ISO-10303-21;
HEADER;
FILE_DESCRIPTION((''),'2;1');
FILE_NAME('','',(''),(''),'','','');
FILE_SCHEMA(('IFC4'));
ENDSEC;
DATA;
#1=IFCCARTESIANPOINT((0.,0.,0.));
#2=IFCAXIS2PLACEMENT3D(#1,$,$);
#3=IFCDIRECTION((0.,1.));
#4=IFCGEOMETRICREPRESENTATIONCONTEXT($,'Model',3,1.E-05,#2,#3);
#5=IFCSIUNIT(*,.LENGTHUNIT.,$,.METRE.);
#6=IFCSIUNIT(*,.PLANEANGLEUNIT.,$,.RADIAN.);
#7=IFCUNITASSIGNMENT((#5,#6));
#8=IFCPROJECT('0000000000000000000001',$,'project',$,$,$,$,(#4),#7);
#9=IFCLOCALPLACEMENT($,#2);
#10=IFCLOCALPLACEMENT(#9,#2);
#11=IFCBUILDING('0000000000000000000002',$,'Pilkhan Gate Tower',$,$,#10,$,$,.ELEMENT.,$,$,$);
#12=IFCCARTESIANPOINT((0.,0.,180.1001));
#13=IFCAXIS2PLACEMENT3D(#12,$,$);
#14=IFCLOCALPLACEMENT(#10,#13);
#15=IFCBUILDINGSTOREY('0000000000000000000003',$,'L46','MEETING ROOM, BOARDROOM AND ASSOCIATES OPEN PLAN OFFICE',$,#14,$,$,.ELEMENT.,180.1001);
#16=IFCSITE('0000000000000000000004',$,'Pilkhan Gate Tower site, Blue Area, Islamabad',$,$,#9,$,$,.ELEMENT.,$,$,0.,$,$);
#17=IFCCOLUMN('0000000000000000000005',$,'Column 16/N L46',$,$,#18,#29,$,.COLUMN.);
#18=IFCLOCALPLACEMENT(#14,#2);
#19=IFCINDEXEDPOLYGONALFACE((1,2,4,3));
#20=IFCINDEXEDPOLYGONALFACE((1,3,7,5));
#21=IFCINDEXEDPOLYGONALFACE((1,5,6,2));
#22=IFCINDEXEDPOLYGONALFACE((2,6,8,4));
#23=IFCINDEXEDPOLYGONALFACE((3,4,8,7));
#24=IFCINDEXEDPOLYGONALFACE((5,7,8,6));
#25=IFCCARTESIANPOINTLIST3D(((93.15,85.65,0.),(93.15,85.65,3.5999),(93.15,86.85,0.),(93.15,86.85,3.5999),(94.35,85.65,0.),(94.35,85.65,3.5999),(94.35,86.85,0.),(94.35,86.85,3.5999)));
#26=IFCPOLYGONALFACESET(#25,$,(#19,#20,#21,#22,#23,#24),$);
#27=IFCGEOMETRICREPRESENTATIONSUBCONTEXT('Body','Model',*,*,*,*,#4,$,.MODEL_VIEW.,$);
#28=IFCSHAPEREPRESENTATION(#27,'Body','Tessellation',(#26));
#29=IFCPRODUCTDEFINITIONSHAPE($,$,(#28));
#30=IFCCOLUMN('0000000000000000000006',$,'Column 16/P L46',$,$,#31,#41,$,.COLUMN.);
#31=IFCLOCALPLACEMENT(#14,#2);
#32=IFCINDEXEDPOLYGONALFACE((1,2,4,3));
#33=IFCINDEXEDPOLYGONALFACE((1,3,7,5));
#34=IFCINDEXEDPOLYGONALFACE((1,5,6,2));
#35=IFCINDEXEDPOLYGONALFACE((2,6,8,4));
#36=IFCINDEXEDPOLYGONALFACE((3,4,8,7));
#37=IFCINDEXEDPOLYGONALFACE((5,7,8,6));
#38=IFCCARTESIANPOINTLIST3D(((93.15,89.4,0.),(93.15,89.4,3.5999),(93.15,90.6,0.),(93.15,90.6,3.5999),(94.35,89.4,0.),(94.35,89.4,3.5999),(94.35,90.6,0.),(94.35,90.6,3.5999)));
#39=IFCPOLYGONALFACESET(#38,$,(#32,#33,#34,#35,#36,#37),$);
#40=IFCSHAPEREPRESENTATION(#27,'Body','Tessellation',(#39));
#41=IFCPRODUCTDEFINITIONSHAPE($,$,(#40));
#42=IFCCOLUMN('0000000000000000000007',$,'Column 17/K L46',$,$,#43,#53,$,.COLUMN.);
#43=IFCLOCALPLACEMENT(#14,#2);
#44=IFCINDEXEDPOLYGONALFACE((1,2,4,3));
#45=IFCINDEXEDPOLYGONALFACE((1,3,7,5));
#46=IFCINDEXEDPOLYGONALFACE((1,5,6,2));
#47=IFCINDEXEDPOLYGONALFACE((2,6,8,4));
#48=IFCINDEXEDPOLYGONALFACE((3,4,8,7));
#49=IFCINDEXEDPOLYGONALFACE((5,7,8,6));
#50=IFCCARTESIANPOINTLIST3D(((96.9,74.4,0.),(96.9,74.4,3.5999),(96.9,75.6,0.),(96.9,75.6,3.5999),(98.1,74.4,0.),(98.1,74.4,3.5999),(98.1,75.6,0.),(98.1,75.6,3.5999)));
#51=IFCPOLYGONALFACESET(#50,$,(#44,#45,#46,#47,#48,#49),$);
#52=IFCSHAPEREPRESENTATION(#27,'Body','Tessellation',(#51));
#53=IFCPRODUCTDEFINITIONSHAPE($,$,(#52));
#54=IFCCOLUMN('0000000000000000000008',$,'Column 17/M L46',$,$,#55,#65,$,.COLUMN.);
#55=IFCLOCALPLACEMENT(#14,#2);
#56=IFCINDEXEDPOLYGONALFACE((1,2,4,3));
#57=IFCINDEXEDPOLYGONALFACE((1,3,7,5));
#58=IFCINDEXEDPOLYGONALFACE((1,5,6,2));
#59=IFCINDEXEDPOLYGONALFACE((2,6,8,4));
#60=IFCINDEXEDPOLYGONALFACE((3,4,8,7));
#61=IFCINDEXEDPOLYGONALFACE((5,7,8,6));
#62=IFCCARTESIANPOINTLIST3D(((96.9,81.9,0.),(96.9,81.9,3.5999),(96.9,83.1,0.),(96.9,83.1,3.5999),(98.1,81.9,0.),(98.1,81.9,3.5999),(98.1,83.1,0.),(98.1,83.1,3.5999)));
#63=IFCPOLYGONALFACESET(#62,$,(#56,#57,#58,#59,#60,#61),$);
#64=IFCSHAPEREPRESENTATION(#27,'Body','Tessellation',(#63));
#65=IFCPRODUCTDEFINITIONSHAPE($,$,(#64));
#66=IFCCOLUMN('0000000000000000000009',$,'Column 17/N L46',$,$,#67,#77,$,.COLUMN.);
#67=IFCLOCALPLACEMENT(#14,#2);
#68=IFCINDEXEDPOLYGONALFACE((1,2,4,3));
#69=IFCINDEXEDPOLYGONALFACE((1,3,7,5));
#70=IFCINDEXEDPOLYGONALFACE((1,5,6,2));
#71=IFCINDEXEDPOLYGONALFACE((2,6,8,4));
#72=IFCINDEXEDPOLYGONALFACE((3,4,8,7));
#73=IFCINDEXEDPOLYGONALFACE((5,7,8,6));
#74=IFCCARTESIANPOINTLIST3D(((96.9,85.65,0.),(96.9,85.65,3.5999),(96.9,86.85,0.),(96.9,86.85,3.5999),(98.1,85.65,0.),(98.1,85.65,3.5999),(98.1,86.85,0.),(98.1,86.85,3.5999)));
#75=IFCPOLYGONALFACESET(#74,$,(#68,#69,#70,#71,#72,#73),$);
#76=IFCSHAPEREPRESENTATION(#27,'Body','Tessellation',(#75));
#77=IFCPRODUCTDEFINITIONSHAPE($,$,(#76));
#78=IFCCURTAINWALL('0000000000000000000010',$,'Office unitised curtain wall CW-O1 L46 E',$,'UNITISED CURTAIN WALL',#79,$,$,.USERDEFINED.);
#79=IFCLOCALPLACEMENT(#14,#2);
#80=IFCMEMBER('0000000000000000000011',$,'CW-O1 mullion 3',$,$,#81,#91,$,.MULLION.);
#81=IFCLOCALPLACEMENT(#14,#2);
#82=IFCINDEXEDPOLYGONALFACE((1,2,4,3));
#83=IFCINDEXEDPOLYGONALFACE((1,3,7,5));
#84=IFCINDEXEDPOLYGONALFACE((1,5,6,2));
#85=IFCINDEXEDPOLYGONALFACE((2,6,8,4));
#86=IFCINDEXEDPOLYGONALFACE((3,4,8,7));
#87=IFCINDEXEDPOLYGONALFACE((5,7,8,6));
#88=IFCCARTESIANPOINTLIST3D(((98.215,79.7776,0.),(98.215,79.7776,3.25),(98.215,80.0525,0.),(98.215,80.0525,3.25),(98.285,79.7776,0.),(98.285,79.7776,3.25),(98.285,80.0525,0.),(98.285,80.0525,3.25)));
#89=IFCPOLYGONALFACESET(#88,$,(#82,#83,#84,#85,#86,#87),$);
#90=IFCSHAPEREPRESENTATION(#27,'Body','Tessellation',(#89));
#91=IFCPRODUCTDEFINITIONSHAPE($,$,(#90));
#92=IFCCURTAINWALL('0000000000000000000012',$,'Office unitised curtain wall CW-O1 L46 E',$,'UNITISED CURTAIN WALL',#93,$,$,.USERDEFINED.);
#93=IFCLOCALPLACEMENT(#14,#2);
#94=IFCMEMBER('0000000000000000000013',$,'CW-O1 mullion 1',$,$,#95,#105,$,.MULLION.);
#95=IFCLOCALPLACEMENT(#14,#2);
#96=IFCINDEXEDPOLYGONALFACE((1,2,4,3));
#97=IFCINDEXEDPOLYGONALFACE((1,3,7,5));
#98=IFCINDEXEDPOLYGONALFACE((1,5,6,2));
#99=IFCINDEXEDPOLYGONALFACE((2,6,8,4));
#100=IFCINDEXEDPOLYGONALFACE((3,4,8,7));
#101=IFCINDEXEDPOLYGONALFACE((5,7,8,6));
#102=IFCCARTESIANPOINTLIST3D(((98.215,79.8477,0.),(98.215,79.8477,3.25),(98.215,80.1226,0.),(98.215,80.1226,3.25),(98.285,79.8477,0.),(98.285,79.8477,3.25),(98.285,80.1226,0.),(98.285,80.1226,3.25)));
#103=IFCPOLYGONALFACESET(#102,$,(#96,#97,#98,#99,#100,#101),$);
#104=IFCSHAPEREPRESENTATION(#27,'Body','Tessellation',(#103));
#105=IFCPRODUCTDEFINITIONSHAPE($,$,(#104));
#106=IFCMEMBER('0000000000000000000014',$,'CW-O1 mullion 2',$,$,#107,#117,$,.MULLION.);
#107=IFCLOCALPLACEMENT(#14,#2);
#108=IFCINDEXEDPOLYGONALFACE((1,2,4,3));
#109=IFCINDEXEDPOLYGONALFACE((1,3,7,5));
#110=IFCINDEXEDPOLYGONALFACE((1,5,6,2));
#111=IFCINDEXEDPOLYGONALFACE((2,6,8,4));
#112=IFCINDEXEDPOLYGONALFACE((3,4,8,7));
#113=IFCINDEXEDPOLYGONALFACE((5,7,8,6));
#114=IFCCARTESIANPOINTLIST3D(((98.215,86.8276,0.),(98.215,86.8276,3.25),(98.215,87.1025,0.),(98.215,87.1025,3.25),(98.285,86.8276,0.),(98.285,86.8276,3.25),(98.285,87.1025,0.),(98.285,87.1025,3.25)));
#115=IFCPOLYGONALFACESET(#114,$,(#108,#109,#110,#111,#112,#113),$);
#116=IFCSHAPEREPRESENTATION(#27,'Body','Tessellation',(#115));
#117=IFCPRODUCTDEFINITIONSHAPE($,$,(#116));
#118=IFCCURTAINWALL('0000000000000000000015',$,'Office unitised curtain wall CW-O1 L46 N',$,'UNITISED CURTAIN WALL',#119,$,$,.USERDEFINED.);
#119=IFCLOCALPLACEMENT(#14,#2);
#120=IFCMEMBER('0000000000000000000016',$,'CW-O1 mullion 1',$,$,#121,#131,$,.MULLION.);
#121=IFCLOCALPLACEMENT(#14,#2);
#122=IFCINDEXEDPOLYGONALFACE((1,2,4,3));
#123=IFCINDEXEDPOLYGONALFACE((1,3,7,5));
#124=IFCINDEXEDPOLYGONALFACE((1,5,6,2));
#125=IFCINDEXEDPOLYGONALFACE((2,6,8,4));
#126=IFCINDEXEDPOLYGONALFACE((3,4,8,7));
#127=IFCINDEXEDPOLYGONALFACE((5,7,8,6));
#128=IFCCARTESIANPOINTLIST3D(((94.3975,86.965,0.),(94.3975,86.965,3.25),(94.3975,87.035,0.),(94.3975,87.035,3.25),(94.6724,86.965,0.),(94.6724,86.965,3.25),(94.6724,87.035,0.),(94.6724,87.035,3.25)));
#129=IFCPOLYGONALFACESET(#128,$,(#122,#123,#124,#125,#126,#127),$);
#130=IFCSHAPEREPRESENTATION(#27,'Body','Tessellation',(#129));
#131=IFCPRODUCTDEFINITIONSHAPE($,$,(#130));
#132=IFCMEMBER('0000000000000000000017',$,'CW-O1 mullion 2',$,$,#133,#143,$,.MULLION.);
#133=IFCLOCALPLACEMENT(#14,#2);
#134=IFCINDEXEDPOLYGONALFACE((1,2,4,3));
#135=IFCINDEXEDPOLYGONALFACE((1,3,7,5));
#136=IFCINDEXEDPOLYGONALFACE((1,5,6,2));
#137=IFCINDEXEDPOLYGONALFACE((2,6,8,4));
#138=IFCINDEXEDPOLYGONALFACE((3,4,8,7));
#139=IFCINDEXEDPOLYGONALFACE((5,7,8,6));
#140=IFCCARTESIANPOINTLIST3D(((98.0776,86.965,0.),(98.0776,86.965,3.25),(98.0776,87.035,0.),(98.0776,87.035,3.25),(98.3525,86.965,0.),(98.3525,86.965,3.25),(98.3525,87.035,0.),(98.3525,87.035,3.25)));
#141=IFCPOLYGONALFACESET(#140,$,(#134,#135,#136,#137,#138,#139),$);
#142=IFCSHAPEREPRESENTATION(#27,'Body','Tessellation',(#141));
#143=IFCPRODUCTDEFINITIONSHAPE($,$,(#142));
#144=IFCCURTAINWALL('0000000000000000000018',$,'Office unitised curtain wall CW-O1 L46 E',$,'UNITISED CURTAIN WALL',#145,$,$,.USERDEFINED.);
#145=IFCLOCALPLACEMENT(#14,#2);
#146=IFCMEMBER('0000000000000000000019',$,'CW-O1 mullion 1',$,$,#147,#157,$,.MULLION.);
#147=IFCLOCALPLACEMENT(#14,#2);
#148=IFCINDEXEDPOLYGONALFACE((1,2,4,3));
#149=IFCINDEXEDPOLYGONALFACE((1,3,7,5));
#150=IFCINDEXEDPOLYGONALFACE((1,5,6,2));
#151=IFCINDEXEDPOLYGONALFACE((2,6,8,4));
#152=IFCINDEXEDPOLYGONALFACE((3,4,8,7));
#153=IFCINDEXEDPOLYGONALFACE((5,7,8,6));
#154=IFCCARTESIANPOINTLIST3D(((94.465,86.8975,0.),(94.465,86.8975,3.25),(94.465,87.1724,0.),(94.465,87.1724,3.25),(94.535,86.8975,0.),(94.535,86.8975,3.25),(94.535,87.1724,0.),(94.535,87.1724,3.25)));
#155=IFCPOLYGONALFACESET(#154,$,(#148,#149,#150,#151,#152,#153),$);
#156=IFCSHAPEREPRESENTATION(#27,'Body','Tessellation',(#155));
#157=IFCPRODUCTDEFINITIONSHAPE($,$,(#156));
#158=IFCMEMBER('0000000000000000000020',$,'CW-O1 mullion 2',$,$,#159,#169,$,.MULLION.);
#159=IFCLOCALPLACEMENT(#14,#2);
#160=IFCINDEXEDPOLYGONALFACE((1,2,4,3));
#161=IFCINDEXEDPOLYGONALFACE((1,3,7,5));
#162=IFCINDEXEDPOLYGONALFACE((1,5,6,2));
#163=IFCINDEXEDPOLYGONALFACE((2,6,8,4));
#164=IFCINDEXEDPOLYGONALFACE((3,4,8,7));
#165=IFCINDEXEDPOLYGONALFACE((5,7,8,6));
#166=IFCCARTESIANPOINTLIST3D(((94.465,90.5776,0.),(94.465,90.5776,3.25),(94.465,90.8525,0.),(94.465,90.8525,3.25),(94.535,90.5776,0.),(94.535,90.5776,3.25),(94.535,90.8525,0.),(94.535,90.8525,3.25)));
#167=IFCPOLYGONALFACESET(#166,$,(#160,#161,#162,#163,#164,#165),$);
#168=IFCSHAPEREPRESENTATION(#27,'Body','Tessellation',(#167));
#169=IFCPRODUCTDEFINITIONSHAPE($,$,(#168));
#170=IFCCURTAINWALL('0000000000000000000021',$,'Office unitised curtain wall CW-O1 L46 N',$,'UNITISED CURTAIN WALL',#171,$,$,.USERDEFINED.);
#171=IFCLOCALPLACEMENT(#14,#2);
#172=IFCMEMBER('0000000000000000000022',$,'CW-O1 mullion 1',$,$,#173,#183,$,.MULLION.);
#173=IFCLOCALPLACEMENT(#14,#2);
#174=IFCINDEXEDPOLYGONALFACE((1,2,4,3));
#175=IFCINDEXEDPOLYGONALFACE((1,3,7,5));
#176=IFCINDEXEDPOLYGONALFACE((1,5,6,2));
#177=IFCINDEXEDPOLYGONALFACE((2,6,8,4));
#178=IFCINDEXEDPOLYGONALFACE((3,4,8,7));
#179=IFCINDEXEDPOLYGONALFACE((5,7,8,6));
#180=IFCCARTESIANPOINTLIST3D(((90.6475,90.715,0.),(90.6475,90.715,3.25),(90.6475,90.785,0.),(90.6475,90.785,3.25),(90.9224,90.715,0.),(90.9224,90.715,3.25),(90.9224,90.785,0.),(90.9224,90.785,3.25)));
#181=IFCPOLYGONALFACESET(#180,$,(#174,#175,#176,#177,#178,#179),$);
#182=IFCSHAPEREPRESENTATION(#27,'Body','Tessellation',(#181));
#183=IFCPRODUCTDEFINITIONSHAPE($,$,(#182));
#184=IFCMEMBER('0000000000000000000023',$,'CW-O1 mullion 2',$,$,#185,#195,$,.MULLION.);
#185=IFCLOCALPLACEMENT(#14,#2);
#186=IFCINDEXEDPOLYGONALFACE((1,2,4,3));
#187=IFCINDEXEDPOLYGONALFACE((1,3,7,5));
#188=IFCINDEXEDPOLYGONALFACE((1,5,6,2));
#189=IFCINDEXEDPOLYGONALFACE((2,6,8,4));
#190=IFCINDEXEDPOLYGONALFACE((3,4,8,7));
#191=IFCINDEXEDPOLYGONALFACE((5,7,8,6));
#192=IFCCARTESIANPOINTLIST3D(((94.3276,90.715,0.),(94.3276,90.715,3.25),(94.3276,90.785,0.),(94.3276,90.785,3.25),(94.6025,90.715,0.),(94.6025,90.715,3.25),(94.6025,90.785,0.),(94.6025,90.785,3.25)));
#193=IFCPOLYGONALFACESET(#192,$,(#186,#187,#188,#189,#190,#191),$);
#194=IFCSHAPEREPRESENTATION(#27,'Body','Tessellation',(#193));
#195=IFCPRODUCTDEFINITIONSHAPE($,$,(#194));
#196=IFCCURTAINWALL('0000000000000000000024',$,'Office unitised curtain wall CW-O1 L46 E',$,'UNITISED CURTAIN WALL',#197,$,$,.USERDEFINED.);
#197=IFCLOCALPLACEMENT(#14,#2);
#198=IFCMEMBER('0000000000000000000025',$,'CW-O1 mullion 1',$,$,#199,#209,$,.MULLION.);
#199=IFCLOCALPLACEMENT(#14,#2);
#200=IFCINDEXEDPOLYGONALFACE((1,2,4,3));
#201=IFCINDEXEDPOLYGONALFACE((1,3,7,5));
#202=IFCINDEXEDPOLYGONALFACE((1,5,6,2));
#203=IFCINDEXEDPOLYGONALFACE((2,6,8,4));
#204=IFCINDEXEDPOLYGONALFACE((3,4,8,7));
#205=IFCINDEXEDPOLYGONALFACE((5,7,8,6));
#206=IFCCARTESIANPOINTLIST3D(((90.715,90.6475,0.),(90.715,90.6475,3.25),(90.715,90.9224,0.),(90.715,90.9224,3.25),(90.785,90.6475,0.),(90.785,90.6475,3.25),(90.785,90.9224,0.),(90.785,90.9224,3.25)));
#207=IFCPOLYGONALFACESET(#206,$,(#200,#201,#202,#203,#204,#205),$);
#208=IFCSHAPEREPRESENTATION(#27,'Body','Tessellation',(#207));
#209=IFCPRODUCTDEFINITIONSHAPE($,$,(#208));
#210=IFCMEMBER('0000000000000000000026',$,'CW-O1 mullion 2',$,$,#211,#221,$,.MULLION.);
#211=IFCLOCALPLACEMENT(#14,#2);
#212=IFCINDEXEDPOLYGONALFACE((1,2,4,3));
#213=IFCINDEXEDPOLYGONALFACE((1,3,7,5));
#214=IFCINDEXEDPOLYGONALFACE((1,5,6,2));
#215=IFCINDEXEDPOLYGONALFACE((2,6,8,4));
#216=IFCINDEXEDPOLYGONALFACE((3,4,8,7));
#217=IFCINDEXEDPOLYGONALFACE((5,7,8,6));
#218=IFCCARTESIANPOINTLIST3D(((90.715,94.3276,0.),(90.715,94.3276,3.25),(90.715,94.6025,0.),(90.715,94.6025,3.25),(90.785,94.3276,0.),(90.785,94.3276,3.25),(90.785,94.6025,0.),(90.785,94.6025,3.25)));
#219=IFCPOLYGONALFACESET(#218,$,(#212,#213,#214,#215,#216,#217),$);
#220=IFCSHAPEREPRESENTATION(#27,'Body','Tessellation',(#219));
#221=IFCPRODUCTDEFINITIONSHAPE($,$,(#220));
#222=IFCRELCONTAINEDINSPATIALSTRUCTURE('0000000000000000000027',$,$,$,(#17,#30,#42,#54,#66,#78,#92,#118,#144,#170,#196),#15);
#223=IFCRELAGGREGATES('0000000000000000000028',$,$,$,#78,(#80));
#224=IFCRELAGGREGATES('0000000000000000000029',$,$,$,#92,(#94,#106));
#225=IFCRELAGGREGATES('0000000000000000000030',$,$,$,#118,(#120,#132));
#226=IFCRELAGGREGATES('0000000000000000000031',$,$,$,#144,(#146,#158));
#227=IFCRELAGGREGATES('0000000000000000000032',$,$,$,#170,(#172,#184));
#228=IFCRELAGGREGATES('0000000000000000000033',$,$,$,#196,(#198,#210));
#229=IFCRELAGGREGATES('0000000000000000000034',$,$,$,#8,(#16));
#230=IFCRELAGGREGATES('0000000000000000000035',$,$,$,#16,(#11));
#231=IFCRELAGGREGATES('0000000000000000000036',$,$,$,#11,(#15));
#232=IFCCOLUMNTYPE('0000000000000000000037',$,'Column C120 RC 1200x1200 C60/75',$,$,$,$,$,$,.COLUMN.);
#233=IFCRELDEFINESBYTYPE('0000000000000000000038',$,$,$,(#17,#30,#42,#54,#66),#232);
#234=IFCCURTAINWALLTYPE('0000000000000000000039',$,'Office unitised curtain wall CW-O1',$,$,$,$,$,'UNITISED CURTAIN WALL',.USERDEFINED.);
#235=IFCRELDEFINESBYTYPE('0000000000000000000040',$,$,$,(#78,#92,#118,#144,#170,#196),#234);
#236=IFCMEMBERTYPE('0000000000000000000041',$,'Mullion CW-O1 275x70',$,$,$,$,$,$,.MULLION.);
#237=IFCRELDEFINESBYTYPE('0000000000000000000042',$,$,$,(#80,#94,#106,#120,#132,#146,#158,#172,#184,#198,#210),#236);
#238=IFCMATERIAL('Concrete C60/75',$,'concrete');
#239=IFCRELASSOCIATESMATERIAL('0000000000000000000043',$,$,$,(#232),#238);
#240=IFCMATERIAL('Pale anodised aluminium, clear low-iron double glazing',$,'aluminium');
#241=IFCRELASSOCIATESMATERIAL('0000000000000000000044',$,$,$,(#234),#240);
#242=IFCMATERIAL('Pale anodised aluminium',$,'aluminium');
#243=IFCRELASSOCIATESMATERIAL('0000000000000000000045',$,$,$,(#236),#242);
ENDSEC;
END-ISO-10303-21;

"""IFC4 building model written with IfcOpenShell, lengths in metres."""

from ifc_helpers import new_model, si_unit, direction, frame, origin, origin_2d, place, context, subcontext, project, spatial, rectangle, extrude, material, material_profile, profile_set, type_object, element, aggregate, save


model = new_model("IFC4")

# Units and contexts
model_context = context("Model", 3, precision=1e-05, world=origin(), true_north=direction((0.0, 1.0)))
body_context = subcontext(model_context, "Body", "Model", "MODEL_VIEW")
ifc_project = project(units=[si_unit("LENGTHUNIT", "METRE"), si_unit("PLANEANGLEUNIT", "RADIAN")], contexts=[model_context])

# Site, building, storey
site_placement = place(None, origin())
site = spatial("IfcSite", under=ifc_project, at=site_placement, Name="Pilkhan Gate Tower site, Blue Area, Islamabad", CompositionType="ELEMENT", RefElevation=0.0)
building_placement = place(site_placement, origin())
building = spatial("IfcBuilding", under=site, at=building_placement, Name="Pilkhan Gate Tower", CompositionType="ELEMENT")
storey_placement = place(building_placement, frame((0.0, 0.0, 180.1001)))
storey = spatial("IfcBuildingStorey", under=building, at=storey_placement, Name="L46", Description="MEETING ROOM, BOARDROOM AND ASSOCIATES OPEN PLAN OFFICE", CompositionType="ELEMENT", Elevation=180.1001)

# Columns
ifc_material_1 = material(Name="Concrete C60/75", Category="concrete")
ifc_material_profile_1 = material_profile(ifc_material_1, rectangle(XDim=1.2, YDim=1.2, at=origin_2d()), Name="RC 1200x1200")
ifc_profile_set_1 = profile_set([ifc_material_profile_1], Name="Concrete C60/75")
column_type = type_object("IfcColumnType", Name="Column C120 RC 1200x1200 C60/75", PredefinedType="COLUMN", material=ifc_profile_set_1)
for number, where, z_axis, x_axis, name in (
    (1, (93.75, 86.25, 0.0), (0.0, 0.0, 1.0), (1.0, 0.0, 0.0), "Column 16/N L46"),
    (2, (93.75, 90.0, 0.0), (0.0, 0.0, 1.0), (1.0, 0.0, 0.0), "Column 16/P L46"),
    (3, (97.5, 75.0, 0.0), (0.0, 0.0, 1.0), (1.0, 0.0, 0.0), "Column 17/K L46"),
    (4, (97.5, 82.5, 0.0), (0.0, 0.0, 1.0), (1.0, 0.0, 0.0), "Column 17/M L46"),
    (5, (97.5, 86.25, 0.0), (0.0, 0.0, 1.0), (1.0, 0.0, 0.0), "Column 17/N L46"),
):
    element("IfcColumn", number, at=place(storey_placement, frame(where, z_axis=z_axis, x_axis=x_axis)), inside=storey, type_object=column_type, Name=name, PredefinedType="COLUMN", context=body_context, shape_type="SweptSolid", body=[
        extrude(rectangle(XDim=1.2, YDim=1.2, at=origin_2d()), origin(), (0.0, 0.0, 1.0), 3.5999),
    ])

# Curtain wall, member
ifc_material_2 = material(Name="Pale anodised aluminium, clear low-iron double glazing", Category="aluminium")
curtain_wall_type = type_object("IfcCurtainWallType", Name="Office unitised curtain wall CW-O1", ElementType="UNITISED CURTAIN WALL", PredefinedType="USERDEFINED", material=ifc_material_2)
curtain_wall_1_placement = place(storey_placement, origin())
curtain_wall_1 = element("IfcCurtainWall", 6, at=curtain_wall_1_placement, inside=storey, type_object=curtain_wall_type, Name="Office unitised curtain wall CW-O1 L46 E", ObjectType="UNITISED CURTAIN WALL", PredefinedType="USERDEFINED")
ifc_material_3 = material(Name="Pale anodised aluminium", Category="aluminium")
ifc_material_profile_2 = material_profile(ifc_material_3, rectangle(XDim=0.0701, YDim=0.2749, at=origin_2d()), Name="Mullion 275x70")
ifc_profile_set_2 = profile_set([ifc_material_profile_2], Name="Pale anodised aluminium")
member_type_1 = type_object("IfcMemberType", Name="Mullion CW-O1 275x70", PredefinedType="MULLION", material=ifc_profile_set_2)
member_1_placement = place(storey_placement, frame((98.25, 79.915, 0.0), z_axis=(0.0, 0.0, 1.0), x_axis=(-1.0, 0.0, 0.0)))
member_1 = element("IfcMember", 7, at=member_1_placement, type_object=member_type_1, Name="CW-O1 mullion 3", PredefinedType="MULLION", context=body_context, shape_type="SweptSolid", body=[
    extrude(rectangle(XDim=0.0701, YDim=0.2749, at=origin_2d()), origin(), (0.0, 0.0, 1.0), 3.25),
])

# Curtain walls, members
curtain_wall_2_placement = place(storey_placement, origin())
curtain_wall_2 = element("IfcCurtainWall", 8, at=curtain_wall_2_placement, inside=storey, type_object=curtain_wall_type, Name="Office unitised curtain wall CW-O1 L46 E", ObjectType="UNITISED CURTAIN WALL", PredefinedType="USERDEFINED")
member_2_placement = place(storey_placement, frame((98.25, 79.9851, 0.0), z_axis=(0.0, 0.0, 1.0), x_axis=(-1.0, 0.0, 0.0)))
member_2 = element("IfcMember", 9, at=member_2_placement, type_object=member_type_1, Name="CW-O1 mullion 1", PredefinedType="MULLION", context=body_context, shape_type="SweptSolid", body=[
    extrude(rectangle(XDim=0.0701, YDim=0.2749, at=origin_2d()), origin(), (0.0, 0.0, 1.0), 3.25),
])
member_3_placement = place(storey_placement, frame((98.25, 86.9651, 0.0), z_axis=(0.0, 0.0, 1.0), x_axis=(-1.0, 0.0, 0.0)))
member_3 = element("IfcMember", 10, at=member_3_placement, type_object=member_type_1, Name="CW-O1 mullion 2", PredefinedType="MULLION", context=body_context, shape_type="SweptSolid", body=[
    extrude(rectangle(XDim=0.0701, YDim=0.2749, at=origin_2d()), origin(), (0.0, 0.0, 1.0), 3.25),
])
curtain_wall_3_placement = place(storey_placement, origin())
curtain_wall_3 = element("IfcCurtainWall", 11, at=curtain_wall_3_placement, inside=storey, type_object=curtain_wall_type, Name="Office unitised curtain wall CW-O1 L46 N", ObjectType="UNITISED CURTAIN WALL", PredefinedType="USERDEFINED")
member_4_placement = place(storey_placement, frame((94.5349, 87.0, 0.0), z_axis=(0.0, 0.0, 1.0), x_axis=(0.0, 1.0, 0.0)))
member_4 = element("IfcMember", 12, at=member_4_placement, type_object=member_type_1, Name="CW-O1 mullion 1", PredefinedType="MULLION", context=body_context, shape_type="SweptSolid", body=[
    extrude(rectangle(XDim=0.0701, YDim=0.2749, at=origin_2d()), origin(), (0.0, 0.0, 1.0), 3.25),
])
member_5_placement = place(storey_placement, frame((98.2151, 87.0, 0.0), z_axis=(0.0, 0.0, 1.0), x_axis=(0.0, 1.0, 0.0)))
member_5 = element("IfcMember", 13, at=member_5_placement, type_object=member_type_1, Name="CW-O1 mullion 2", PredefinedType="MULLION", context=body_context, shape_type="SweptSolid", body=[
    extrude(rectangle(XDim=0.0701, YDim=0.2749, at=origin_2d()), origin(), (0.0, 0.0, 1.0), 3.25),
])
curtain_wall_4_placement = place(storey_placement, origin())
curtain_wall_4 = element("IfcCurtainWall", 14, at=curtain_wall_4_placement, inside=storey, type_object=curtain_wall_type, Name="Office unitised curtain wall CW-O1 L46 E", ObjectType="UNITISED CURTAIN WALL", PredefinedType="USERDEFINED")
member_6_placement = place(storey_placement, frame((94.5, 87.0349, 0.0), z_axis=(0.0, 0.0, 1.0), x_axis=(-1.0, 0.0, 0.0)))
member_6 = element("IfcMember", 15, at=member_6_placement, type_object=member_type_1, Name="CW-O1 mullion 1", PredefinedType="MULLION", context=body_context, shape_type="SweptSolid", body=[
    extrude(rectangle(XDim=0.0701, YDim=0.2749, at=origin_2d()), origin(), (0.0, 0.0, 1.0), 3.25),
])
member_7_placement = place(storey_placement, frame((94.5, 90.7151, 0.0), z_axis=(0.0, 0.0, 1.0), x_axis=(-1.0, 0.0, 0.0)))
member_7 = element("IfcMember", 16, at=member_7_placement, type_object=member_type_1, Name="CW-O1 mullion 2", PredefinedType="MULLION", context=body_context, shape_type="SweptSolid", body=[
    extrude(rectangle(XDim=0.0701, YDim=0.2749, at=origin_2d()), origin(), (0.0, 0.0, 1.0), 3.25),
])
curtain_wall_5_placement = place(storey_placement, origin())
curtain_wall_5 = element("IfcCurtainWall", 17, at=curtain_wall_5_placement, inside=storey, type_object=curtain_wall_type, Name="Office unitised curtain wall CW-O1 L46 N", ObjectType="UNITISED CURTAIN WALL", PredefinedType="USERDEFINED")
member_8_placement = place(storey_placement, frame((90.7849, 90.75, 0.0), z_axis=(0.0, 0.0, 1.0), x_axis=(0.0, 1.0, 0.0)))
member_8 = element("IfcMember", 18, at=member_8_placement, type_object=member_type_1, Name="CW-O1 mullion 1", PredefinedType="MULLION", context=body_context, shape_type="SweptSolid", body=[
    extrude(rectangle(XDim=0.0701, YDim=0.2749, at=origin_2d()), origin(), (0.0, 0.0, 1.0), 3.25),
])
member_9_placement = place(storey_placement, frame((94.4651, 90.75, 0.0), z_axis=(0.0, 0.0, 1.0), x_axis=(0.0, 1.0, 0.0)))
member_9 = element("IfcMember", 19, at=member_9_placement, type_object=member_type_1, Name="CW-O1 mullion 2", PredefinedType="MULLION", context=body_context, shape_type="SweptSolid", body=[
    extrude(rectangle(XDim=0.0701, YDim=0.2749, at=origin_2d()), origin(), (0.0, 0.0, 1.0), 3.25),
])
curtain_wall_6_placement = place(storey_placement, origin())
curtain_wall_6 = element("IfcCurtainWall", 20, at=curtain_wall_6_placement, inside=storey, type_object=curtain_wall_type, Name="Office unitised curtain wall CW-O1 L46 E", ObjectType="UNITISED CURTAIN WALL", PredefinedType="USERDEFINED")
member_10_placement = place(storey_placement, frame((90.75, 90.7849, 0.0), z_axis=(0.0, 0.0, 1.0), x_axis=(-1.0, 0.0, 0.0)))
member_10 = element("IfcMember", 21, at=member_10_placement, type_object=member_type_1, Name="CW-O1 mullion 1", PredefinedType="MULLION", context=body_context, shape_type="SweptSolid", body=[
    extrude(rectangle(XDim=0.0701, YDim=0.2749, at=origin_2d()), origin(), (0.0, 0.0, 1.0), 3.25),
])
member_11_placement = place(storey_placement, frame((90.75, 94.4651, 0.0), z_axis=(0.0, 0.0, 1.0), x_axis=(-1.0, 0.0, 0.0)))
member_11 = element("IfcMember", 22, at=member_11_placement, type_object=member_type_1, Name="CW-O1 mullion 2", PredefinedType="MULLION", context=body_context, shape_type="SweptSolid", body=[
    extrude(rectangle(XDim=0.0701, YDim=0.2749, at=origin_2d()), origin(), (0.0, 0.0, 1.0), 3.25),
])

aggregate(curtain_wall_1, [member_1])
aggregate(curtain_wall_2, [member_2, member_3])
aggregate(curtain_wall_3, [member_4, member_5])
aggregate(curtain_wall_4, [member_6, member_7])
aggregate(curtain_wall_5, [member_8, member_9])
aggregate(curtain_wall_6, [member_10, member_11])

save(model, "model.ifc")
